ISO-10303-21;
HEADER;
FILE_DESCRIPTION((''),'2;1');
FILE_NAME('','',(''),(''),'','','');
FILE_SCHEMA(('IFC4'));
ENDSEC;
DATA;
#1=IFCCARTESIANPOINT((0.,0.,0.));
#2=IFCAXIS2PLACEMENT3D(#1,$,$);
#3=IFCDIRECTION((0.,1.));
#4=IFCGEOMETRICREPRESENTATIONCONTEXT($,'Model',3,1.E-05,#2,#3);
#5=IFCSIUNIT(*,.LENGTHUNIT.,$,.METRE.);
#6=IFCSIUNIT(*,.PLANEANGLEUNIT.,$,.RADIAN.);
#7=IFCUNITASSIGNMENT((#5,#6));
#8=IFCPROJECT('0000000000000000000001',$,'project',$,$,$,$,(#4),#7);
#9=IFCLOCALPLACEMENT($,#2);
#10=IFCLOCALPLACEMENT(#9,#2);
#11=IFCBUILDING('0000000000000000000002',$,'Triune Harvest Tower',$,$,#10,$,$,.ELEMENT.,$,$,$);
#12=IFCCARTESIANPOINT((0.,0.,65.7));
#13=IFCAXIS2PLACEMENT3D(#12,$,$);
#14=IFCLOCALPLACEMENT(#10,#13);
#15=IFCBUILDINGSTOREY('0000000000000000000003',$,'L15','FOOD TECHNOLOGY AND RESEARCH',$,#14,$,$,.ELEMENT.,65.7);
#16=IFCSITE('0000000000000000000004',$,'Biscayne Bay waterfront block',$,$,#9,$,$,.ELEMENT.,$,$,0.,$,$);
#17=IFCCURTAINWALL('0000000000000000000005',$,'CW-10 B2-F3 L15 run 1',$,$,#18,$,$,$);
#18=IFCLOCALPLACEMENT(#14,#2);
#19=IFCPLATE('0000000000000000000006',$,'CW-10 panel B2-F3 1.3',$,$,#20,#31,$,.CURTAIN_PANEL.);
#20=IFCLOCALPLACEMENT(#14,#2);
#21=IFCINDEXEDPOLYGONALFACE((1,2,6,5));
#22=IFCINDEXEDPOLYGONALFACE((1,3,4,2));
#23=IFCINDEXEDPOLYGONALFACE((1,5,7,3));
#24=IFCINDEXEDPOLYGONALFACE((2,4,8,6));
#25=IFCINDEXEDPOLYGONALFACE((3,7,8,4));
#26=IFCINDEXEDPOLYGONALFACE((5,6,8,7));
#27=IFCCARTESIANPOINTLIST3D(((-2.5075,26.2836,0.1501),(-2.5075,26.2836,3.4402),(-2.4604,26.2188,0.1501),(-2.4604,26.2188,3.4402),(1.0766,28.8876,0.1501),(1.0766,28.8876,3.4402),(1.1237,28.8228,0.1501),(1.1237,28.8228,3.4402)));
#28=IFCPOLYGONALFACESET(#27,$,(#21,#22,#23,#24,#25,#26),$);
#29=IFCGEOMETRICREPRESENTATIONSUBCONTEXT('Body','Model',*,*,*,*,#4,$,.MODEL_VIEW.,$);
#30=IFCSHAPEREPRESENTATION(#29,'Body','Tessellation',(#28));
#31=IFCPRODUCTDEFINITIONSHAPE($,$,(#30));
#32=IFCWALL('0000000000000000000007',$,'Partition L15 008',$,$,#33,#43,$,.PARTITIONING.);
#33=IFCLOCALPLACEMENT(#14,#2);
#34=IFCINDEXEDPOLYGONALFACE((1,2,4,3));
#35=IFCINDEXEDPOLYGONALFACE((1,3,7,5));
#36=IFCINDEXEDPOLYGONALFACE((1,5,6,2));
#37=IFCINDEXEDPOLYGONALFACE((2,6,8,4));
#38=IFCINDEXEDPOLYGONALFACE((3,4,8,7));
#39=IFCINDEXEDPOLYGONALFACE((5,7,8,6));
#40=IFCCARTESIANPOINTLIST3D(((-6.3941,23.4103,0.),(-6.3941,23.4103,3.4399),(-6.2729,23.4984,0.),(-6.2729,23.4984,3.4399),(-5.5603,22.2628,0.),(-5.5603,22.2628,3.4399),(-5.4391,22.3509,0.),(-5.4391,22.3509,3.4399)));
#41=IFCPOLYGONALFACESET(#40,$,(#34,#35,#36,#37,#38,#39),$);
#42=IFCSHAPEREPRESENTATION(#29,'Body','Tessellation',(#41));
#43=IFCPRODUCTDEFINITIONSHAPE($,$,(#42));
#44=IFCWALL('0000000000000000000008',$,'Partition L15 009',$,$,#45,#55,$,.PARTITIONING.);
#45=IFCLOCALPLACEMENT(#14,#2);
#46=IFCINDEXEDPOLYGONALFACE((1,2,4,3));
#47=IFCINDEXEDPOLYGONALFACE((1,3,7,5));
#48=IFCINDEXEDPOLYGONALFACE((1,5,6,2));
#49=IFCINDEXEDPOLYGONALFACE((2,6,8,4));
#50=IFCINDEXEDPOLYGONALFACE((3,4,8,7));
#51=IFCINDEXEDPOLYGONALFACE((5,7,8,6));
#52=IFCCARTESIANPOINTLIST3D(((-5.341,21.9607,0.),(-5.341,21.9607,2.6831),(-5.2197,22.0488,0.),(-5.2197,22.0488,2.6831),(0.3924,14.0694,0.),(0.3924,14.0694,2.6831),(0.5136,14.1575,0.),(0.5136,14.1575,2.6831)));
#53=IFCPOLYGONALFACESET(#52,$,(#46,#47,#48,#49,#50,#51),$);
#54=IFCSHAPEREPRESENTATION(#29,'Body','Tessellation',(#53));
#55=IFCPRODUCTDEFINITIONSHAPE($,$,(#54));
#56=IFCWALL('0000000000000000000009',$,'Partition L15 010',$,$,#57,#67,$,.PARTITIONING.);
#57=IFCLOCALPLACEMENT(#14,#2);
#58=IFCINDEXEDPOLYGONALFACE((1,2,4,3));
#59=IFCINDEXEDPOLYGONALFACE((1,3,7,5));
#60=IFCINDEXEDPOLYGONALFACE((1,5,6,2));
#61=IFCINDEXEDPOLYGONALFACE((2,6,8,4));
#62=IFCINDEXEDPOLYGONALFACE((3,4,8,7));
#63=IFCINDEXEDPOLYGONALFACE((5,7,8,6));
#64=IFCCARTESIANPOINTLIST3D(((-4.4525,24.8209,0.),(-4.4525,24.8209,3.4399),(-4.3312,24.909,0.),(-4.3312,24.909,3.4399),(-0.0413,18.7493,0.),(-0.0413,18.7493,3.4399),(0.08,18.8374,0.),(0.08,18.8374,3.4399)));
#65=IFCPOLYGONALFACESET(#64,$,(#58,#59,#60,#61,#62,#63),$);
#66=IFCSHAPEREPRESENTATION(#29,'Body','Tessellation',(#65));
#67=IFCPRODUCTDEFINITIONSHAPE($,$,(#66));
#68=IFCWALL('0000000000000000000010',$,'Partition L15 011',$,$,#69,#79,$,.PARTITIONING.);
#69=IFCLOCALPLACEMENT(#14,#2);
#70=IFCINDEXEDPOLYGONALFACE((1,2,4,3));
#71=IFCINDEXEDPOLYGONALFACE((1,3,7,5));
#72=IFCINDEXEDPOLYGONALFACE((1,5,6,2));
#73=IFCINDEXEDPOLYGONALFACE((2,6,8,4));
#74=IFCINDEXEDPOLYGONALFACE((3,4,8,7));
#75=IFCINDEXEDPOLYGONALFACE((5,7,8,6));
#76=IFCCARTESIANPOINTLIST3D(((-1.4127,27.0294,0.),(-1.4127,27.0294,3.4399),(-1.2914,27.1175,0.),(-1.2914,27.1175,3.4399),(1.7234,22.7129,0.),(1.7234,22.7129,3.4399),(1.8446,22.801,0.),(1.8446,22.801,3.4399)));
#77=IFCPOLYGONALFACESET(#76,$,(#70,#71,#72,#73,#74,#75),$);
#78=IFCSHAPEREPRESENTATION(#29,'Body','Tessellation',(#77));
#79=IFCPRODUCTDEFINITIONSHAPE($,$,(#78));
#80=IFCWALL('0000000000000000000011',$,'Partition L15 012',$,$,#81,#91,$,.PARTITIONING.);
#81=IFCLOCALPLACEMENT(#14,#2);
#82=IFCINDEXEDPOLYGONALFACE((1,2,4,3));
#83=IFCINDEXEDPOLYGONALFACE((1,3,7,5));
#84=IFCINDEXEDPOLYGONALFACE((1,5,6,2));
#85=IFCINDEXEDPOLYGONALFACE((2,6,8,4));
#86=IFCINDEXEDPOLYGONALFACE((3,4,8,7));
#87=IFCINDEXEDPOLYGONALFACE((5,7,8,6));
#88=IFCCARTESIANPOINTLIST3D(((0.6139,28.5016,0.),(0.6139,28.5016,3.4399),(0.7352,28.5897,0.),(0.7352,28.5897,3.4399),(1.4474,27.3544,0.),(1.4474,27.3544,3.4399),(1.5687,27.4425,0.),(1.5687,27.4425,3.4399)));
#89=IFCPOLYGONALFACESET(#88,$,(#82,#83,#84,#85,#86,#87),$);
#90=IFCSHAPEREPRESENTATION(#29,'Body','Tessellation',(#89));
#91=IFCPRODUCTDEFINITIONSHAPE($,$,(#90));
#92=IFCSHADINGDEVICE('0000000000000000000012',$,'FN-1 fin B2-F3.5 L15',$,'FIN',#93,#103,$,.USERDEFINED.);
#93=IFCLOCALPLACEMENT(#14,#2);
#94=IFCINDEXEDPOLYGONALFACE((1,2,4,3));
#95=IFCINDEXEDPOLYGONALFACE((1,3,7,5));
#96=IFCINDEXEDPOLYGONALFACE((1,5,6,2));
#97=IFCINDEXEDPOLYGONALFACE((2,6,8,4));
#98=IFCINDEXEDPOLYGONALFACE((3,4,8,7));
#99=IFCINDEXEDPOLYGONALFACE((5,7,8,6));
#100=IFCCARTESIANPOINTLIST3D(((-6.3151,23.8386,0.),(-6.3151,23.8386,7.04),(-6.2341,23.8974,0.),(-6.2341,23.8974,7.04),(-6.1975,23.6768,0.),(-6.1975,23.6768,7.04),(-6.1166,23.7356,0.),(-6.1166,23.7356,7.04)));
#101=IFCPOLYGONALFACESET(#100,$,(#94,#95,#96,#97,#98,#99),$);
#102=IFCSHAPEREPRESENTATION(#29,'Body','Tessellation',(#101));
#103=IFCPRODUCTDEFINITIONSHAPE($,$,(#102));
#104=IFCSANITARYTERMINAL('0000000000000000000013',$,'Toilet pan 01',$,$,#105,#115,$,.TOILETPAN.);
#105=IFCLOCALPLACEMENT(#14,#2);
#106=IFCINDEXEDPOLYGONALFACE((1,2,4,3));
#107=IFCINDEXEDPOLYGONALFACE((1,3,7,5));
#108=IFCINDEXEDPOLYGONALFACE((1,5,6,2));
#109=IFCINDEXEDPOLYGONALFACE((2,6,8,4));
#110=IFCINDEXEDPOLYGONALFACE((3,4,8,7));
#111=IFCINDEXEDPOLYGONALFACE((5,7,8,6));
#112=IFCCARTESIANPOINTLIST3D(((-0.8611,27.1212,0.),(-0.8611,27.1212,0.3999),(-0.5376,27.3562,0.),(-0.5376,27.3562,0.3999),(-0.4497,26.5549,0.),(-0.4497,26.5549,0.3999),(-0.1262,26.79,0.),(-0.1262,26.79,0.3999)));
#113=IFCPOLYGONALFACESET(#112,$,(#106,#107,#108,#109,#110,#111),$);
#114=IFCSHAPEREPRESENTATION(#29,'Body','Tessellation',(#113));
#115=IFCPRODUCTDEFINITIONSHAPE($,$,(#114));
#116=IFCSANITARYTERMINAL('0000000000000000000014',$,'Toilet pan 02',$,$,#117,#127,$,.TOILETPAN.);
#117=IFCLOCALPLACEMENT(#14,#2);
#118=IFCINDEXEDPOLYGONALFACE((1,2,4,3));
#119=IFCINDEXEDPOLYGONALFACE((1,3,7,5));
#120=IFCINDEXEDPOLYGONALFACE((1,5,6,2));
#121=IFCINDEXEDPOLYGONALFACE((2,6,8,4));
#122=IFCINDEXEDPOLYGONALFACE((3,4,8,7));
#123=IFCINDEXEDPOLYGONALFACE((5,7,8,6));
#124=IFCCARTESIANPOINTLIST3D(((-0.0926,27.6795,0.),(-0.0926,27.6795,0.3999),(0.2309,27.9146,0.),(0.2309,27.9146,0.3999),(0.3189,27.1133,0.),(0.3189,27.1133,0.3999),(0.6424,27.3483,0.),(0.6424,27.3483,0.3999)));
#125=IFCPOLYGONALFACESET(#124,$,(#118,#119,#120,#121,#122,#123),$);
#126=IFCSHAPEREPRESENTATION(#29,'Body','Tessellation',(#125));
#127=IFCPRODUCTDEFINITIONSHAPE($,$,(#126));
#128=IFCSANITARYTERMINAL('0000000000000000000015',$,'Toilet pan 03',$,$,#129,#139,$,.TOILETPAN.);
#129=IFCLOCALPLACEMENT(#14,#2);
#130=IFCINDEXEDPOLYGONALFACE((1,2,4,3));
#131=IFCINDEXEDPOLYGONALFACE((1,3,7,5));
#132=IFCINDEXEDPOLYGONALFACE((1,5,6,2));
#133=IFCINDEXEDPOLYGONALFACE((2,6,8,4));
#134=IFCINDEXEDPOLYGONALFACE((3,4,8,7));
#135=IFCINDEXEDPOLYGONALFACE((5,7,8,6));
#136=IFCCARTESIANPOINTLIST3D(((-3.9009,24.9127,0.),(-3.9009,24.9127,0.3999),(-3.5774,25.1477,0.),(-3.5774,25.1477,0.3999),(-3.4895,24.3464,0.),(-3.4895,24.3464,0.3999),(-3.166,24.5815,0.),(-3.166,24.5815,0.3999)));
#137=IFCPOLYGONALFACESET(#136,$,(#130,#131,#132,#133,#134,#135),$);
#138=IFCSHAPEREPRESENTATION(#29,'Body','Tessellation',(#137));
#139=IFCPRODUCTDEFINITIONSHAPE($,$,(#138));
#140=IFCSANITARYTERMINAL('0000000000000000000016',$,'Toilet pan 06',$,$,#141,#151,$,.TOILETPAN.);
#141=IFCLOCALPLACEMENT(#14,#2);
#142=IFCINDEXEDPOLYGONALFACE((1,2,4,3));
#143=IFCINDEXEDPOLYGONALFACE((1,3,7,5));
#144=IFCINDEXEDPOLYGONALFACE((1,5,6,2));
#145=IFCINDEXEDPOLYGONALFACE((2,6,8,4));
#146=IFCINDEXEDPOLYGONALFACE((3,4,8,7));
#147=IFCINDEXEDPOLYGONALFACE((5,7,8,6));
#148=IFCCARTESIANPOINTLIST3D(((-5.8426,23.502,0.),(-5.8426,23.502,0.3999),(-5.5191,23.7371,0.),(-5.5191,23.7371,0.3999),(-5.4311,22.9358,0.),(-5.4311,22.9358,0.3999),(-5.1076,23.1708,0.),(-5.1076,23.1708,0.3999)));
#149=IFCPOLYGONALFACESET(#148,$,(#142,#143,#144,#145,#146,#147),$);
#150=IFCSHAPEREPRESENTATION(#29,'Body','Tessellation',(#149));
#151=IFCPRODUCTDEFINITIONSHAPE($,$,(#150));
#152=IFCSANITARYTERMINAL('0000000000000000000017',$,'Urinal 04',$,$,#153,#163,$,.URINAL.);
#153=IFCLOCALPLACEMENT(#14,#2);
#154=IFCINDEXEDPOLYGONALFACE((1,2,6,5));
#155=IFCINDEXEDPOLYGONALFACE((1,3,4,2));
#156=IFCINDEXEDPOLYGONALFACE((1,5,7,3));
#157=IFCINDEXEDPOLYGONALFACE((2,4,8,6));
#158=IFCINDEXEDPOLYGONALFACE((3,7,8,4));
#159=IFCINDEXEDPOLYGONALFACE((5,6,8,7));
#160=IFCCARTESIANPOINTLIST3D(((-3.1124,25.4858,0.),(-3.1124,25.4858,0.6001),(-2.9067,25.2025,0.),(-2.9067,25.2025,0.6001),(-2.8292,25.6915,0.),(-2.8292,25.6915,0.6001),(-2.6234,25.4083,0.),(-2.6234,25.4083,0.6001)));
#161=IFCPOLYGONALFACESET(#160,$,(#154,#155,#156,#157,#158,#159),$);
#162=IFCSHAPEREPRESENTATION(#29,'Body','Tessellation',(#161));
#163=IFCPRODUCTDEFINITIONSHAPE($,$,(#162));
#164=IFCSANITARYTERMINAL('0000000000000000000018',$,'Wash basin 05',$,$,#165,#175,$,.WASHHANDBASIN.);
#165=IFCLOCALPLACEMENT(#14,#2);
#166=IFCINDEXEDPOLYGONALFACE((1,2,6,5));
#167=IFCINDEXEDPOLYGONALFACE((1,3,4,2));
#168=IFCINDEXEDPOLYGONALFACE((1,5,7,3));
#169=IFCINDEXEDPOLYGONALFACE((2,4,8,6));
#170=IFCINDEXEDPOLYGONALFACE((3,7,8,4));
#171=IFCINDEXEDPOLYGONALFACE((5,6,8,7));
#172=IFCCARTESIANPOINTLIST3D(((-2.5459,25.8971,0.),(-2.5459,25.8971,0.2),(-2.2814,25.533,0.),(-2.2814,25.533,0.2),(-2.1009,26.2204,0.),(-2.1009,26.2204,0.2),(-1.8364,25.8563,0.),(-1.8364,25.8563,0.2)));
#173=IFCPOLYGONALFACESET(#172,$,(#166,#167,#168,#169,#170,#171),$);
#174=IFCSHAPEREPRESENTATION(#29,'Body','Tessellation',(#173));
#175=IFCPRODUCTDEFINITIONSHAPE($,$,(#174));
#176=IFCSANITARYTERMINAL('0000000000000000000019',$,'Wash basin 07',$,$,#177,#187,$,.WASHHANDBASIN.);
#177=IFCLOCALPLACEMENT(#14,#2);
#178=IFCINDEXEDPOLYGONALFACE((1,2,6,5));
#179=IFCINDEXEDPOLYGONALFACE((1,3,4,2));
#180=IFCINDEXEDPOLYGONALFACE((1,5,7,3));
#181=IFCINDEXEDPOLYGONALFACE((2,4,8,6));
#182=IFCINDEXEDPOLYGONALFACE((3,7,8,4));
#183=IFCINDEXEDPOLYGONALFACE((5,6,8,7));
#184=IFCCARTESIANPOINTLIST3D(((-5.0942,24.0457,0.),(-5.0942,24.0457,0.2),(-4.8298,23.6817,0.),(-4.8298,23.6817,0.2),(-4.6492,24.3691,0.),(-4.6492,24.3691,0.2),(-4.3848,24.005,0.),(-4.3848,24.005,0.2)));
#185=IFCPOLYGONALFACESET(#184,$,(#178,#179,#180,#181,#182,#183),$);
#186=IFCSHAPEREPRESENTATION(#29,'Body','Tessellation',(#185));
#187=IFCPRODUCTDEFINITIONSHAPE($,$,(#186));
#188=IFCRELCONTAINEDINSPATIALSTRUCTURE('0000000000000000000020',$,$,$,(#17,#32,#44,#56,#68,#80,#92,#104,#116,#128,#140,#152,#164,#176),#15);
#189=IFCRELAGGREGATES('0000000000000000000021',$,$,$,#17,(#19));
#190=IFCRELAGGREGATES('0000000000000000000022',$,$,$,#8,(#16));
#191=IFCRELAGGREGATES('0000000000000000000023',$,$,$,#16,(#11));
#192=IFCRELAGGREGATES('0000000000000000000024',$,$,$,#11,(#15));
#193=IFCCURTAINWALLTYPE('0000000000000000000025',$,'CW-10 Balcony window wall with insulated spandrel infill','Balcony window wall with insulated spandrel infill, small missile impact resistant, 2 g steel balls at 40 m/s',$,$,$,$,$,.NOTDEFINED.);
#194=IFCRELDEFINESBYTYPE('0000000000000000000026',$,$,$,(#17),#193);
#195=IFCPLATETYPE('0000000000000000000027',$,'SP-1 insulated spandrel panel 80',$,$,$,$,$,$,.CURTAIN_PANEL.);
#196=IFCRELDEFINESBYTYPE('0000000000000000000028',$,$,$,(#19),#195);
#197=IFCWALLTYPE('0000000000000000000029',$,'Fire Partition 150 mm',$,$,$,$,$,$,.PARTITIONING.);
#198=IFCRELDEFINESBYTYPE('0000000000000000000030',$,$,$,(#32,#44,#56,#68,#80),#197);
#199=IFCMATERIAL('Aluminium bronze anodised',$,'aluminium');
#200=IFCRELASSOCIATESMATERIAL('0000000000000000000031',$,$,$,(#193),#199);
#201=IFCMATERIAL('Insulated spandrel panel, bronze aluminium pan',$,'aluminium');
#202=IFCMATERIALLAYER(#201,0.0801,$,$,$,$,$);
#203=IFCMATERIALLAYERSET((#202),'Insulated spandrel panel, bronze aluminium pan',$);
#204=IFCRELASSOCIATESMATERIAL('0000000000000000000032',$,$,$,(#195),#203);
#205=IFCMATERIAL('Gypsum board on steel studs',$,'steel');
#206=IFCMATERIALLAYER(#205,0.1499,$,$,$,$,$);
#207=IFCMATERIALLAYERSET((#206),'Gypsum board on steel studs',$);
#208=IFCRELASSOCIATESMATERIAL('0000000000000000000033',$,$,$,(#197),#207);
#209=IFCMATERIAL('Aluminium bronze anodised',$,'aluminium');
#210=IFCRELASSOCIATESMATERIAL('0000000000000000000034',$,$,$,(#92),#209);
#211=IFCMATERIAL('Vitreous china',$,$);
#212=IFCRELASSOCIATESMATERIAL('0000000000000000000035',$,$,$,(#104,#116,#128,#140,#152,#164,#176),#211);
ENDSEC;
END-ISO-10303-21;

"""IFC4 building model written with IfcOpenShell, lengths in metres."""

from ifc_helpers import new_model, si_unit, direction, frame, frame_2d, origin, origin_2d, place, context, subcontext, project, spatial, rectangle, extrude, source, transform, mapped, material, layer, layer_set, type_object, element, aggregate, save


model = new_model("IFC4")

# Units and contexts
model_context = context("Model", 3, precision=1e-05, world=origin(), true_north=direction((0.0, 1.0)))
body_context = subcontext(model_context, "Body", "Model", "MODEL_VIEW")
ifc_project = project(units=[si_unit("LENGTHUNIT", "METRE"), si_unit("PLANEANGLEUNIT", "RADIAN")], contexts=[model_context])

# Site, building, storey
site_placement = place(None, origin())
site = spatial("IfcSite", under=ifc_project, at=site_placement, Name="Biscayne Bay waterfront block", CompositionType="ELEMENT", RefElevation=0.0)
building_placement = place(site_placement, origin())
building = spatial("IfcBuilding", under=site, at=building_placement, Name="Triune Harvest Tower", CompositionType="ELEMENT")
storey_placement = place(building_placement, frame((0.0, 0.0, 65.7)))
storey = spatial("IfcBuildingStorey", under=building, at=storey_placement, Name="L15", Description="FOOD TECHNOLOGY AND RESEARCH", CompositionType="ELEMENT", Elevation=65.7)

# Curtain wall
ifc_material_1 = material(Name="Aluminium bronze anodised", Category="aluminium")
curtain_wall_type_1 = type_object("IfcCurtainWallType", Name="CW-10 Balcony window wall with insulated spandrel infill", Description="Balcony window wall with insulated spandrel infill, small missile impact resistant, 2 g steel balls at 40 m/s", PredefinedType="NOTDEFINED", material=ifc_material_1)
curtain_wall_1_placement = place(storey_placement, origin())
curtain_wall_1 = element("IfcCurtainWall", 1, at=curtain_wall_1_placement, inside=storey, type_object=curtain_wall_type_1, Name="CW-10 B2-F3 L15 run 1")

# Plate
ifc_material_2 = material(Name="Insulated spandrel panel, bronze aluminium pan", Category="aluminium")
ifc_layer_1 = layer(ifc_material_2, 0.0801)
ifc_layer_set_1 = layer_set([ifc_layer_1], Name="Insulated spandrel panel, bronze aluminium pan")
plate_type_1 = type_object("IfcPlateType", Name="SP-1 insulated spandrel panel 80", PredefinedType="CURTAIN_PANEL", material=ifc_layer_set_1)
shared_shape_1 = source(origin(), body_context, "Body", "SweptSolid", [
    extrude(rectangle(XDim=4.4302, YDim=0.0801, at=origin_2d()), origin(), (0.0, 0.0, 1.0), 3.29),
])
plate_1_placement = place(storey_placement, frame((-0.6919, 27.5532, 0.1501), z_axis=(0.0, 0.0, 1.0), x_axis=(-0.809017, -0.587785, 0.0)))
plate_1 = element("IfcPlate", 2, at=plate_1_placement, type_object=plate_type_1, Name="CW-10 panel B2-F3 1.3", PredefinedType="CURTAIN_PANEL", context=body_context, shape_type="MappedRepresentation", body=[
    mapped(shared_shape_1, transform((0.0, 0.0, 0.0), scale=1.0)),
])
aggregate(curtain_wall_1, [plate_1])

# Walls
ifc_material_3 = material(Name="Gypsum board on steel studs", Category="steel")
ifc_layer_2 = layer(ifc_material_3, 0.1499)
ifc_layer_set_2 = layer_set([ifc_layer_2], Name="Gypsum board on steel studs")
wall_type = type_object("IfcWallType", Name="Fire Partition 150 mm", PredefinedType="PARTITIONING", material=ifc_layer_set_2)
shared_shape_2 = source(origin(), body_context, "Body", "SweptSolid", [
    extrude(rectangle(XDim=1.4185, YDim=0.1499, at=frame_2d((0.7092, 0.0))), origin(), (0.0, 0.0, 1.0), 3.4399),
])
wall_1_placement = place(storey_placement, frame((-6.3335, 23.4543, 0.0), z_axis=(0.0, 0.0, 1.0), x_axis=(0.587813, -0.808997, 0.0)))
element("IfcWall", 3, at=wall_1_placement, inside=storey, type_object=wall_type, Name="Partition L15 008", PredefinedType="PARTITIONING", context=body_context, shape_type="MappedRepresentation", body=[
    mapped(shared_shape_2, transform((0.0, 0.0, 0.0), scale=1.0)),
])
shared_shape_3 = source(origin(), body_context, "Body", "SweptSolid", [
    extrude(rectangle(XDim=9.7542, YDim=0.1499, at=frame_2d((4.877, 0.0))), origin(), (0.0, 0.0, 1.0), 2.6831),
])
wall_2_placement = place(storey_placement, frame((-5.2803, 22.0046, 0.0), z_axis=(0.0, 0.0, 1.0), x_axis=(0.587785, -0.809017, 0.0)))
element("IfcWall", 4, at=wall_2_placement, inside=storey, type_object=wall_type, Name="Partition L15 009", PredefinedType="PARTITIONING", context=body_context, shape_type="MappedRepresentation", body=[
    mapped(shared_shape_3, transform((0.0, 0.0, 0.0), scale=1.0)),
])
shared_shape_4 = source(origin(), body_context, "Body", "SweptSolid", [
    extrude(rectangle(XDim=7.5049, YDim=0.1499, at=frame_2d((3.7524, 0.0))), origin(), (0.0, 0.0, 1.0), 3.4399),
])
wall_3_placement = place(storey_placement, frame((-4.3918, 24.865, 0.0), z_axis=(0.0, 0.0, 1.0), x_axis=(0.587777, -0.809023, 0.0)))
element("IfcWall", 5, at=wall_3_placement, inside=storey, type_object=wall_type, Name="Partition L15 010", PredefinedType="PARTITIONING", context=body_context, shape_type="MappedRepresentation", body=[
    mapped(shared_shape_4, transform((0.0, 0.0, 0.0), scale=1.0)),
])
shared_shape_5 = source(origin(), body_context, "Body", "SweptSolid", [
    extrude(rectangle(XDim=5.3354, YDim=0.1499, at=frame_2d((2.6677, 0.0))), origin(), (0.0, 0.0, 1.0), 3.4399),
])
wall_4_placement = place(storey_placement, frame((-1.3521, 27.0735, 0.0), z_axis=(0.0, 0.0, 1.0), x_axis=(0.587777, -0.809023, 0.0)))
element("IfcWall", 6, at=wall_4_placement, inside=storey, type_object=wall_type, Name="Partition L15 011", PredefinedType="PARTITIONING", context=body_context, shape_type="MappedRepresentation", body=[
    mapped(shared_shape_5, transform((0.0, 0.0, 0.0), scale=1.0)),
])
shared_shape_6 = source(origin(), body_context, "Body", "SweptSolid", [
    extrude(rectangle(XDim=1.418, YDim=0.1499, at=frame_2d((0.709, 0.0))), origin(), (0.0, 0.0, 1.0), 3.4399),
])
wall_5_placement = place(storey_placement, frame((0.6746, 28.5457, 0.0), z_axis=(0.0, 0.0, 1.0), x_axis=(0.587783, -0.809019, 0.0)))
element("IfcWall", 7, at=wall_5_placement, inside=storey, type_object=wall_type, Name="Partition L15 012", PredefinedType="PARTITIONING", context=body_context, shape_type="MappedRepresentation", body=[
    mapped(shared_shape_6, transform((0.0, 0.0, 0.0), scale=1.0)),
])

# Shading device
ifc_material_4 = material(Name="Aluminium bronze anodised", Category="aluminium")
shared_shape_7 = source(origin(), body_context, "Body", "SweptSolid", [
    extrude(rectangle(XDim=0.1001, YDim=0.2, at=origin_2d()), origin(), (0.0, 0.0, 1.0), 7.04),
])
shading_device_placement = place(storey_placement, frame((-6.2158, 23.7871, 0.0), z_axis=(0.0, 0.0, 1.0), x_axis=(-0.809017, -0.587785, 0.0)))
element("IfcShadingDevice", 8, at=shading_device_placement, inside=storey, material=ifc_material_4, Name="FN-1 fin B2-F3.5 L15", ObjectType="FIN", PredefinedType="USERDEFINED", context=body_context, shape_type="MappedRepresentation", body=[
    mapped(shared_shape_7, transform((0.0, 0.0, 0.0), scale=1.0)),
])

# Sanitary terminals
ifc_material_5 = material(Name="Vitreous china")
shared_shape_8 = source(origin(), body_context, "Body", "SweptSolid", [
    extrude(rectangle(XDim=0.3999, YDim=0.7, at=origin_2d()), origin(), (0.0, 0.0, 1.0), 0.3999),
])
for number, where, z_axis, x_axis, name in (
    (9, (-0.4937, 26.9556, 0.0), (0.0, 0.0, 1.0), (0.809007, 0.587799, 0.0), "Toilet pan 01"),
    (10, (0.2749, 27.5139, 0.0), (0.0, 0.0, 1.0), (0.809007, 0.587799, 0.0), "Toilet pan 02"),
    (11, (-3.5334, 24.7471, 0.0), (0.0, 0.0, 1.0), (0.809027, 0.587771, 0.0), "Toilet pan 03"),
    (12, (-5.4751, 23.3364, 0.0), (0.0, 0.0, 1.0), (0.809007, 0.587799, 0.0), "Toilet pan 06"),
):
    element("IfcSanitaryTerminal", number, at=place(storey_placement, frame(where, z_axis=z_axis, x_axis=x_axis)), inside=storey, material=ifc_material_5, Name=name, PredefinedType="TOILETPAN", context=body_context, shape_type="MappedRepresentation", body=[
        mapped(shared_shape_8, transform((0.0, 0.0, 0.0), scale=1.0)),
    ])
shared_shape_9 = source(origin(), body_context, "Body", "SweptSolid", [
    extrude(rectangle(XDim=0.3501, YDim=0.3501, at=origin_2d()), origin(), (0.0, 0.0, 1.0), 0.6001),
])
sanitary_terminal_placement = place(storey_placement, frame((-2.8679, 25.447, 0.0), z_axis=(0.0, 0.0, 1.0), x_axis=(0.809027, 0.587771, 0.0)))
element("IfcSanitaryTerminal", 13, at=sanitary_terminal_placement, inside=storey, material=ifc_material_5, Name="Urinal 04", PredefinedType="URINAL", context=body_context, shape_type="MappedRepresentation", body=[
    mapped(shared_shape_9, transform((0.0, 0.0, 0.0), scale=1.0)),
])
shared_shape_10 = source(origin(), body_context, "Body", "SweptSolid", [
    extrude(rectangle(XDim=0.55, YDim=0.45, at=origin_2d()), origin(), (0.0, 0.0, 1.0), 0.2),
])
for number, where, z_axis, x_axis, name in (
    (14, (-2.1912, 25.8767, 0.0), (0.0, 0.0, 1.0), (0.809027, 0.587771, 0.0), "Wash basin 05"),
    (15, (-4.7395, 24.0254, 0.0), (0.0, 0.0, 1.0), (0.809007, 0.587799, 0.0), "Wash basin 07"),
):
    element("IfcSanitaryTerminal", number, at=place(storey_placement, frame(where, z_axis=z_axis, x_axis=x_axis)), inside=storey, material=ifc_material_5, Name=name, PredefinedType="WASHHANDBASIN", context=body_context, shape_type="MappedRepresentation", body=[
        mapped(shared_shape_10, transform((0.0, 0.0, 0.0), scale=1.0)),
    ])

save(model, "model.ifc")
